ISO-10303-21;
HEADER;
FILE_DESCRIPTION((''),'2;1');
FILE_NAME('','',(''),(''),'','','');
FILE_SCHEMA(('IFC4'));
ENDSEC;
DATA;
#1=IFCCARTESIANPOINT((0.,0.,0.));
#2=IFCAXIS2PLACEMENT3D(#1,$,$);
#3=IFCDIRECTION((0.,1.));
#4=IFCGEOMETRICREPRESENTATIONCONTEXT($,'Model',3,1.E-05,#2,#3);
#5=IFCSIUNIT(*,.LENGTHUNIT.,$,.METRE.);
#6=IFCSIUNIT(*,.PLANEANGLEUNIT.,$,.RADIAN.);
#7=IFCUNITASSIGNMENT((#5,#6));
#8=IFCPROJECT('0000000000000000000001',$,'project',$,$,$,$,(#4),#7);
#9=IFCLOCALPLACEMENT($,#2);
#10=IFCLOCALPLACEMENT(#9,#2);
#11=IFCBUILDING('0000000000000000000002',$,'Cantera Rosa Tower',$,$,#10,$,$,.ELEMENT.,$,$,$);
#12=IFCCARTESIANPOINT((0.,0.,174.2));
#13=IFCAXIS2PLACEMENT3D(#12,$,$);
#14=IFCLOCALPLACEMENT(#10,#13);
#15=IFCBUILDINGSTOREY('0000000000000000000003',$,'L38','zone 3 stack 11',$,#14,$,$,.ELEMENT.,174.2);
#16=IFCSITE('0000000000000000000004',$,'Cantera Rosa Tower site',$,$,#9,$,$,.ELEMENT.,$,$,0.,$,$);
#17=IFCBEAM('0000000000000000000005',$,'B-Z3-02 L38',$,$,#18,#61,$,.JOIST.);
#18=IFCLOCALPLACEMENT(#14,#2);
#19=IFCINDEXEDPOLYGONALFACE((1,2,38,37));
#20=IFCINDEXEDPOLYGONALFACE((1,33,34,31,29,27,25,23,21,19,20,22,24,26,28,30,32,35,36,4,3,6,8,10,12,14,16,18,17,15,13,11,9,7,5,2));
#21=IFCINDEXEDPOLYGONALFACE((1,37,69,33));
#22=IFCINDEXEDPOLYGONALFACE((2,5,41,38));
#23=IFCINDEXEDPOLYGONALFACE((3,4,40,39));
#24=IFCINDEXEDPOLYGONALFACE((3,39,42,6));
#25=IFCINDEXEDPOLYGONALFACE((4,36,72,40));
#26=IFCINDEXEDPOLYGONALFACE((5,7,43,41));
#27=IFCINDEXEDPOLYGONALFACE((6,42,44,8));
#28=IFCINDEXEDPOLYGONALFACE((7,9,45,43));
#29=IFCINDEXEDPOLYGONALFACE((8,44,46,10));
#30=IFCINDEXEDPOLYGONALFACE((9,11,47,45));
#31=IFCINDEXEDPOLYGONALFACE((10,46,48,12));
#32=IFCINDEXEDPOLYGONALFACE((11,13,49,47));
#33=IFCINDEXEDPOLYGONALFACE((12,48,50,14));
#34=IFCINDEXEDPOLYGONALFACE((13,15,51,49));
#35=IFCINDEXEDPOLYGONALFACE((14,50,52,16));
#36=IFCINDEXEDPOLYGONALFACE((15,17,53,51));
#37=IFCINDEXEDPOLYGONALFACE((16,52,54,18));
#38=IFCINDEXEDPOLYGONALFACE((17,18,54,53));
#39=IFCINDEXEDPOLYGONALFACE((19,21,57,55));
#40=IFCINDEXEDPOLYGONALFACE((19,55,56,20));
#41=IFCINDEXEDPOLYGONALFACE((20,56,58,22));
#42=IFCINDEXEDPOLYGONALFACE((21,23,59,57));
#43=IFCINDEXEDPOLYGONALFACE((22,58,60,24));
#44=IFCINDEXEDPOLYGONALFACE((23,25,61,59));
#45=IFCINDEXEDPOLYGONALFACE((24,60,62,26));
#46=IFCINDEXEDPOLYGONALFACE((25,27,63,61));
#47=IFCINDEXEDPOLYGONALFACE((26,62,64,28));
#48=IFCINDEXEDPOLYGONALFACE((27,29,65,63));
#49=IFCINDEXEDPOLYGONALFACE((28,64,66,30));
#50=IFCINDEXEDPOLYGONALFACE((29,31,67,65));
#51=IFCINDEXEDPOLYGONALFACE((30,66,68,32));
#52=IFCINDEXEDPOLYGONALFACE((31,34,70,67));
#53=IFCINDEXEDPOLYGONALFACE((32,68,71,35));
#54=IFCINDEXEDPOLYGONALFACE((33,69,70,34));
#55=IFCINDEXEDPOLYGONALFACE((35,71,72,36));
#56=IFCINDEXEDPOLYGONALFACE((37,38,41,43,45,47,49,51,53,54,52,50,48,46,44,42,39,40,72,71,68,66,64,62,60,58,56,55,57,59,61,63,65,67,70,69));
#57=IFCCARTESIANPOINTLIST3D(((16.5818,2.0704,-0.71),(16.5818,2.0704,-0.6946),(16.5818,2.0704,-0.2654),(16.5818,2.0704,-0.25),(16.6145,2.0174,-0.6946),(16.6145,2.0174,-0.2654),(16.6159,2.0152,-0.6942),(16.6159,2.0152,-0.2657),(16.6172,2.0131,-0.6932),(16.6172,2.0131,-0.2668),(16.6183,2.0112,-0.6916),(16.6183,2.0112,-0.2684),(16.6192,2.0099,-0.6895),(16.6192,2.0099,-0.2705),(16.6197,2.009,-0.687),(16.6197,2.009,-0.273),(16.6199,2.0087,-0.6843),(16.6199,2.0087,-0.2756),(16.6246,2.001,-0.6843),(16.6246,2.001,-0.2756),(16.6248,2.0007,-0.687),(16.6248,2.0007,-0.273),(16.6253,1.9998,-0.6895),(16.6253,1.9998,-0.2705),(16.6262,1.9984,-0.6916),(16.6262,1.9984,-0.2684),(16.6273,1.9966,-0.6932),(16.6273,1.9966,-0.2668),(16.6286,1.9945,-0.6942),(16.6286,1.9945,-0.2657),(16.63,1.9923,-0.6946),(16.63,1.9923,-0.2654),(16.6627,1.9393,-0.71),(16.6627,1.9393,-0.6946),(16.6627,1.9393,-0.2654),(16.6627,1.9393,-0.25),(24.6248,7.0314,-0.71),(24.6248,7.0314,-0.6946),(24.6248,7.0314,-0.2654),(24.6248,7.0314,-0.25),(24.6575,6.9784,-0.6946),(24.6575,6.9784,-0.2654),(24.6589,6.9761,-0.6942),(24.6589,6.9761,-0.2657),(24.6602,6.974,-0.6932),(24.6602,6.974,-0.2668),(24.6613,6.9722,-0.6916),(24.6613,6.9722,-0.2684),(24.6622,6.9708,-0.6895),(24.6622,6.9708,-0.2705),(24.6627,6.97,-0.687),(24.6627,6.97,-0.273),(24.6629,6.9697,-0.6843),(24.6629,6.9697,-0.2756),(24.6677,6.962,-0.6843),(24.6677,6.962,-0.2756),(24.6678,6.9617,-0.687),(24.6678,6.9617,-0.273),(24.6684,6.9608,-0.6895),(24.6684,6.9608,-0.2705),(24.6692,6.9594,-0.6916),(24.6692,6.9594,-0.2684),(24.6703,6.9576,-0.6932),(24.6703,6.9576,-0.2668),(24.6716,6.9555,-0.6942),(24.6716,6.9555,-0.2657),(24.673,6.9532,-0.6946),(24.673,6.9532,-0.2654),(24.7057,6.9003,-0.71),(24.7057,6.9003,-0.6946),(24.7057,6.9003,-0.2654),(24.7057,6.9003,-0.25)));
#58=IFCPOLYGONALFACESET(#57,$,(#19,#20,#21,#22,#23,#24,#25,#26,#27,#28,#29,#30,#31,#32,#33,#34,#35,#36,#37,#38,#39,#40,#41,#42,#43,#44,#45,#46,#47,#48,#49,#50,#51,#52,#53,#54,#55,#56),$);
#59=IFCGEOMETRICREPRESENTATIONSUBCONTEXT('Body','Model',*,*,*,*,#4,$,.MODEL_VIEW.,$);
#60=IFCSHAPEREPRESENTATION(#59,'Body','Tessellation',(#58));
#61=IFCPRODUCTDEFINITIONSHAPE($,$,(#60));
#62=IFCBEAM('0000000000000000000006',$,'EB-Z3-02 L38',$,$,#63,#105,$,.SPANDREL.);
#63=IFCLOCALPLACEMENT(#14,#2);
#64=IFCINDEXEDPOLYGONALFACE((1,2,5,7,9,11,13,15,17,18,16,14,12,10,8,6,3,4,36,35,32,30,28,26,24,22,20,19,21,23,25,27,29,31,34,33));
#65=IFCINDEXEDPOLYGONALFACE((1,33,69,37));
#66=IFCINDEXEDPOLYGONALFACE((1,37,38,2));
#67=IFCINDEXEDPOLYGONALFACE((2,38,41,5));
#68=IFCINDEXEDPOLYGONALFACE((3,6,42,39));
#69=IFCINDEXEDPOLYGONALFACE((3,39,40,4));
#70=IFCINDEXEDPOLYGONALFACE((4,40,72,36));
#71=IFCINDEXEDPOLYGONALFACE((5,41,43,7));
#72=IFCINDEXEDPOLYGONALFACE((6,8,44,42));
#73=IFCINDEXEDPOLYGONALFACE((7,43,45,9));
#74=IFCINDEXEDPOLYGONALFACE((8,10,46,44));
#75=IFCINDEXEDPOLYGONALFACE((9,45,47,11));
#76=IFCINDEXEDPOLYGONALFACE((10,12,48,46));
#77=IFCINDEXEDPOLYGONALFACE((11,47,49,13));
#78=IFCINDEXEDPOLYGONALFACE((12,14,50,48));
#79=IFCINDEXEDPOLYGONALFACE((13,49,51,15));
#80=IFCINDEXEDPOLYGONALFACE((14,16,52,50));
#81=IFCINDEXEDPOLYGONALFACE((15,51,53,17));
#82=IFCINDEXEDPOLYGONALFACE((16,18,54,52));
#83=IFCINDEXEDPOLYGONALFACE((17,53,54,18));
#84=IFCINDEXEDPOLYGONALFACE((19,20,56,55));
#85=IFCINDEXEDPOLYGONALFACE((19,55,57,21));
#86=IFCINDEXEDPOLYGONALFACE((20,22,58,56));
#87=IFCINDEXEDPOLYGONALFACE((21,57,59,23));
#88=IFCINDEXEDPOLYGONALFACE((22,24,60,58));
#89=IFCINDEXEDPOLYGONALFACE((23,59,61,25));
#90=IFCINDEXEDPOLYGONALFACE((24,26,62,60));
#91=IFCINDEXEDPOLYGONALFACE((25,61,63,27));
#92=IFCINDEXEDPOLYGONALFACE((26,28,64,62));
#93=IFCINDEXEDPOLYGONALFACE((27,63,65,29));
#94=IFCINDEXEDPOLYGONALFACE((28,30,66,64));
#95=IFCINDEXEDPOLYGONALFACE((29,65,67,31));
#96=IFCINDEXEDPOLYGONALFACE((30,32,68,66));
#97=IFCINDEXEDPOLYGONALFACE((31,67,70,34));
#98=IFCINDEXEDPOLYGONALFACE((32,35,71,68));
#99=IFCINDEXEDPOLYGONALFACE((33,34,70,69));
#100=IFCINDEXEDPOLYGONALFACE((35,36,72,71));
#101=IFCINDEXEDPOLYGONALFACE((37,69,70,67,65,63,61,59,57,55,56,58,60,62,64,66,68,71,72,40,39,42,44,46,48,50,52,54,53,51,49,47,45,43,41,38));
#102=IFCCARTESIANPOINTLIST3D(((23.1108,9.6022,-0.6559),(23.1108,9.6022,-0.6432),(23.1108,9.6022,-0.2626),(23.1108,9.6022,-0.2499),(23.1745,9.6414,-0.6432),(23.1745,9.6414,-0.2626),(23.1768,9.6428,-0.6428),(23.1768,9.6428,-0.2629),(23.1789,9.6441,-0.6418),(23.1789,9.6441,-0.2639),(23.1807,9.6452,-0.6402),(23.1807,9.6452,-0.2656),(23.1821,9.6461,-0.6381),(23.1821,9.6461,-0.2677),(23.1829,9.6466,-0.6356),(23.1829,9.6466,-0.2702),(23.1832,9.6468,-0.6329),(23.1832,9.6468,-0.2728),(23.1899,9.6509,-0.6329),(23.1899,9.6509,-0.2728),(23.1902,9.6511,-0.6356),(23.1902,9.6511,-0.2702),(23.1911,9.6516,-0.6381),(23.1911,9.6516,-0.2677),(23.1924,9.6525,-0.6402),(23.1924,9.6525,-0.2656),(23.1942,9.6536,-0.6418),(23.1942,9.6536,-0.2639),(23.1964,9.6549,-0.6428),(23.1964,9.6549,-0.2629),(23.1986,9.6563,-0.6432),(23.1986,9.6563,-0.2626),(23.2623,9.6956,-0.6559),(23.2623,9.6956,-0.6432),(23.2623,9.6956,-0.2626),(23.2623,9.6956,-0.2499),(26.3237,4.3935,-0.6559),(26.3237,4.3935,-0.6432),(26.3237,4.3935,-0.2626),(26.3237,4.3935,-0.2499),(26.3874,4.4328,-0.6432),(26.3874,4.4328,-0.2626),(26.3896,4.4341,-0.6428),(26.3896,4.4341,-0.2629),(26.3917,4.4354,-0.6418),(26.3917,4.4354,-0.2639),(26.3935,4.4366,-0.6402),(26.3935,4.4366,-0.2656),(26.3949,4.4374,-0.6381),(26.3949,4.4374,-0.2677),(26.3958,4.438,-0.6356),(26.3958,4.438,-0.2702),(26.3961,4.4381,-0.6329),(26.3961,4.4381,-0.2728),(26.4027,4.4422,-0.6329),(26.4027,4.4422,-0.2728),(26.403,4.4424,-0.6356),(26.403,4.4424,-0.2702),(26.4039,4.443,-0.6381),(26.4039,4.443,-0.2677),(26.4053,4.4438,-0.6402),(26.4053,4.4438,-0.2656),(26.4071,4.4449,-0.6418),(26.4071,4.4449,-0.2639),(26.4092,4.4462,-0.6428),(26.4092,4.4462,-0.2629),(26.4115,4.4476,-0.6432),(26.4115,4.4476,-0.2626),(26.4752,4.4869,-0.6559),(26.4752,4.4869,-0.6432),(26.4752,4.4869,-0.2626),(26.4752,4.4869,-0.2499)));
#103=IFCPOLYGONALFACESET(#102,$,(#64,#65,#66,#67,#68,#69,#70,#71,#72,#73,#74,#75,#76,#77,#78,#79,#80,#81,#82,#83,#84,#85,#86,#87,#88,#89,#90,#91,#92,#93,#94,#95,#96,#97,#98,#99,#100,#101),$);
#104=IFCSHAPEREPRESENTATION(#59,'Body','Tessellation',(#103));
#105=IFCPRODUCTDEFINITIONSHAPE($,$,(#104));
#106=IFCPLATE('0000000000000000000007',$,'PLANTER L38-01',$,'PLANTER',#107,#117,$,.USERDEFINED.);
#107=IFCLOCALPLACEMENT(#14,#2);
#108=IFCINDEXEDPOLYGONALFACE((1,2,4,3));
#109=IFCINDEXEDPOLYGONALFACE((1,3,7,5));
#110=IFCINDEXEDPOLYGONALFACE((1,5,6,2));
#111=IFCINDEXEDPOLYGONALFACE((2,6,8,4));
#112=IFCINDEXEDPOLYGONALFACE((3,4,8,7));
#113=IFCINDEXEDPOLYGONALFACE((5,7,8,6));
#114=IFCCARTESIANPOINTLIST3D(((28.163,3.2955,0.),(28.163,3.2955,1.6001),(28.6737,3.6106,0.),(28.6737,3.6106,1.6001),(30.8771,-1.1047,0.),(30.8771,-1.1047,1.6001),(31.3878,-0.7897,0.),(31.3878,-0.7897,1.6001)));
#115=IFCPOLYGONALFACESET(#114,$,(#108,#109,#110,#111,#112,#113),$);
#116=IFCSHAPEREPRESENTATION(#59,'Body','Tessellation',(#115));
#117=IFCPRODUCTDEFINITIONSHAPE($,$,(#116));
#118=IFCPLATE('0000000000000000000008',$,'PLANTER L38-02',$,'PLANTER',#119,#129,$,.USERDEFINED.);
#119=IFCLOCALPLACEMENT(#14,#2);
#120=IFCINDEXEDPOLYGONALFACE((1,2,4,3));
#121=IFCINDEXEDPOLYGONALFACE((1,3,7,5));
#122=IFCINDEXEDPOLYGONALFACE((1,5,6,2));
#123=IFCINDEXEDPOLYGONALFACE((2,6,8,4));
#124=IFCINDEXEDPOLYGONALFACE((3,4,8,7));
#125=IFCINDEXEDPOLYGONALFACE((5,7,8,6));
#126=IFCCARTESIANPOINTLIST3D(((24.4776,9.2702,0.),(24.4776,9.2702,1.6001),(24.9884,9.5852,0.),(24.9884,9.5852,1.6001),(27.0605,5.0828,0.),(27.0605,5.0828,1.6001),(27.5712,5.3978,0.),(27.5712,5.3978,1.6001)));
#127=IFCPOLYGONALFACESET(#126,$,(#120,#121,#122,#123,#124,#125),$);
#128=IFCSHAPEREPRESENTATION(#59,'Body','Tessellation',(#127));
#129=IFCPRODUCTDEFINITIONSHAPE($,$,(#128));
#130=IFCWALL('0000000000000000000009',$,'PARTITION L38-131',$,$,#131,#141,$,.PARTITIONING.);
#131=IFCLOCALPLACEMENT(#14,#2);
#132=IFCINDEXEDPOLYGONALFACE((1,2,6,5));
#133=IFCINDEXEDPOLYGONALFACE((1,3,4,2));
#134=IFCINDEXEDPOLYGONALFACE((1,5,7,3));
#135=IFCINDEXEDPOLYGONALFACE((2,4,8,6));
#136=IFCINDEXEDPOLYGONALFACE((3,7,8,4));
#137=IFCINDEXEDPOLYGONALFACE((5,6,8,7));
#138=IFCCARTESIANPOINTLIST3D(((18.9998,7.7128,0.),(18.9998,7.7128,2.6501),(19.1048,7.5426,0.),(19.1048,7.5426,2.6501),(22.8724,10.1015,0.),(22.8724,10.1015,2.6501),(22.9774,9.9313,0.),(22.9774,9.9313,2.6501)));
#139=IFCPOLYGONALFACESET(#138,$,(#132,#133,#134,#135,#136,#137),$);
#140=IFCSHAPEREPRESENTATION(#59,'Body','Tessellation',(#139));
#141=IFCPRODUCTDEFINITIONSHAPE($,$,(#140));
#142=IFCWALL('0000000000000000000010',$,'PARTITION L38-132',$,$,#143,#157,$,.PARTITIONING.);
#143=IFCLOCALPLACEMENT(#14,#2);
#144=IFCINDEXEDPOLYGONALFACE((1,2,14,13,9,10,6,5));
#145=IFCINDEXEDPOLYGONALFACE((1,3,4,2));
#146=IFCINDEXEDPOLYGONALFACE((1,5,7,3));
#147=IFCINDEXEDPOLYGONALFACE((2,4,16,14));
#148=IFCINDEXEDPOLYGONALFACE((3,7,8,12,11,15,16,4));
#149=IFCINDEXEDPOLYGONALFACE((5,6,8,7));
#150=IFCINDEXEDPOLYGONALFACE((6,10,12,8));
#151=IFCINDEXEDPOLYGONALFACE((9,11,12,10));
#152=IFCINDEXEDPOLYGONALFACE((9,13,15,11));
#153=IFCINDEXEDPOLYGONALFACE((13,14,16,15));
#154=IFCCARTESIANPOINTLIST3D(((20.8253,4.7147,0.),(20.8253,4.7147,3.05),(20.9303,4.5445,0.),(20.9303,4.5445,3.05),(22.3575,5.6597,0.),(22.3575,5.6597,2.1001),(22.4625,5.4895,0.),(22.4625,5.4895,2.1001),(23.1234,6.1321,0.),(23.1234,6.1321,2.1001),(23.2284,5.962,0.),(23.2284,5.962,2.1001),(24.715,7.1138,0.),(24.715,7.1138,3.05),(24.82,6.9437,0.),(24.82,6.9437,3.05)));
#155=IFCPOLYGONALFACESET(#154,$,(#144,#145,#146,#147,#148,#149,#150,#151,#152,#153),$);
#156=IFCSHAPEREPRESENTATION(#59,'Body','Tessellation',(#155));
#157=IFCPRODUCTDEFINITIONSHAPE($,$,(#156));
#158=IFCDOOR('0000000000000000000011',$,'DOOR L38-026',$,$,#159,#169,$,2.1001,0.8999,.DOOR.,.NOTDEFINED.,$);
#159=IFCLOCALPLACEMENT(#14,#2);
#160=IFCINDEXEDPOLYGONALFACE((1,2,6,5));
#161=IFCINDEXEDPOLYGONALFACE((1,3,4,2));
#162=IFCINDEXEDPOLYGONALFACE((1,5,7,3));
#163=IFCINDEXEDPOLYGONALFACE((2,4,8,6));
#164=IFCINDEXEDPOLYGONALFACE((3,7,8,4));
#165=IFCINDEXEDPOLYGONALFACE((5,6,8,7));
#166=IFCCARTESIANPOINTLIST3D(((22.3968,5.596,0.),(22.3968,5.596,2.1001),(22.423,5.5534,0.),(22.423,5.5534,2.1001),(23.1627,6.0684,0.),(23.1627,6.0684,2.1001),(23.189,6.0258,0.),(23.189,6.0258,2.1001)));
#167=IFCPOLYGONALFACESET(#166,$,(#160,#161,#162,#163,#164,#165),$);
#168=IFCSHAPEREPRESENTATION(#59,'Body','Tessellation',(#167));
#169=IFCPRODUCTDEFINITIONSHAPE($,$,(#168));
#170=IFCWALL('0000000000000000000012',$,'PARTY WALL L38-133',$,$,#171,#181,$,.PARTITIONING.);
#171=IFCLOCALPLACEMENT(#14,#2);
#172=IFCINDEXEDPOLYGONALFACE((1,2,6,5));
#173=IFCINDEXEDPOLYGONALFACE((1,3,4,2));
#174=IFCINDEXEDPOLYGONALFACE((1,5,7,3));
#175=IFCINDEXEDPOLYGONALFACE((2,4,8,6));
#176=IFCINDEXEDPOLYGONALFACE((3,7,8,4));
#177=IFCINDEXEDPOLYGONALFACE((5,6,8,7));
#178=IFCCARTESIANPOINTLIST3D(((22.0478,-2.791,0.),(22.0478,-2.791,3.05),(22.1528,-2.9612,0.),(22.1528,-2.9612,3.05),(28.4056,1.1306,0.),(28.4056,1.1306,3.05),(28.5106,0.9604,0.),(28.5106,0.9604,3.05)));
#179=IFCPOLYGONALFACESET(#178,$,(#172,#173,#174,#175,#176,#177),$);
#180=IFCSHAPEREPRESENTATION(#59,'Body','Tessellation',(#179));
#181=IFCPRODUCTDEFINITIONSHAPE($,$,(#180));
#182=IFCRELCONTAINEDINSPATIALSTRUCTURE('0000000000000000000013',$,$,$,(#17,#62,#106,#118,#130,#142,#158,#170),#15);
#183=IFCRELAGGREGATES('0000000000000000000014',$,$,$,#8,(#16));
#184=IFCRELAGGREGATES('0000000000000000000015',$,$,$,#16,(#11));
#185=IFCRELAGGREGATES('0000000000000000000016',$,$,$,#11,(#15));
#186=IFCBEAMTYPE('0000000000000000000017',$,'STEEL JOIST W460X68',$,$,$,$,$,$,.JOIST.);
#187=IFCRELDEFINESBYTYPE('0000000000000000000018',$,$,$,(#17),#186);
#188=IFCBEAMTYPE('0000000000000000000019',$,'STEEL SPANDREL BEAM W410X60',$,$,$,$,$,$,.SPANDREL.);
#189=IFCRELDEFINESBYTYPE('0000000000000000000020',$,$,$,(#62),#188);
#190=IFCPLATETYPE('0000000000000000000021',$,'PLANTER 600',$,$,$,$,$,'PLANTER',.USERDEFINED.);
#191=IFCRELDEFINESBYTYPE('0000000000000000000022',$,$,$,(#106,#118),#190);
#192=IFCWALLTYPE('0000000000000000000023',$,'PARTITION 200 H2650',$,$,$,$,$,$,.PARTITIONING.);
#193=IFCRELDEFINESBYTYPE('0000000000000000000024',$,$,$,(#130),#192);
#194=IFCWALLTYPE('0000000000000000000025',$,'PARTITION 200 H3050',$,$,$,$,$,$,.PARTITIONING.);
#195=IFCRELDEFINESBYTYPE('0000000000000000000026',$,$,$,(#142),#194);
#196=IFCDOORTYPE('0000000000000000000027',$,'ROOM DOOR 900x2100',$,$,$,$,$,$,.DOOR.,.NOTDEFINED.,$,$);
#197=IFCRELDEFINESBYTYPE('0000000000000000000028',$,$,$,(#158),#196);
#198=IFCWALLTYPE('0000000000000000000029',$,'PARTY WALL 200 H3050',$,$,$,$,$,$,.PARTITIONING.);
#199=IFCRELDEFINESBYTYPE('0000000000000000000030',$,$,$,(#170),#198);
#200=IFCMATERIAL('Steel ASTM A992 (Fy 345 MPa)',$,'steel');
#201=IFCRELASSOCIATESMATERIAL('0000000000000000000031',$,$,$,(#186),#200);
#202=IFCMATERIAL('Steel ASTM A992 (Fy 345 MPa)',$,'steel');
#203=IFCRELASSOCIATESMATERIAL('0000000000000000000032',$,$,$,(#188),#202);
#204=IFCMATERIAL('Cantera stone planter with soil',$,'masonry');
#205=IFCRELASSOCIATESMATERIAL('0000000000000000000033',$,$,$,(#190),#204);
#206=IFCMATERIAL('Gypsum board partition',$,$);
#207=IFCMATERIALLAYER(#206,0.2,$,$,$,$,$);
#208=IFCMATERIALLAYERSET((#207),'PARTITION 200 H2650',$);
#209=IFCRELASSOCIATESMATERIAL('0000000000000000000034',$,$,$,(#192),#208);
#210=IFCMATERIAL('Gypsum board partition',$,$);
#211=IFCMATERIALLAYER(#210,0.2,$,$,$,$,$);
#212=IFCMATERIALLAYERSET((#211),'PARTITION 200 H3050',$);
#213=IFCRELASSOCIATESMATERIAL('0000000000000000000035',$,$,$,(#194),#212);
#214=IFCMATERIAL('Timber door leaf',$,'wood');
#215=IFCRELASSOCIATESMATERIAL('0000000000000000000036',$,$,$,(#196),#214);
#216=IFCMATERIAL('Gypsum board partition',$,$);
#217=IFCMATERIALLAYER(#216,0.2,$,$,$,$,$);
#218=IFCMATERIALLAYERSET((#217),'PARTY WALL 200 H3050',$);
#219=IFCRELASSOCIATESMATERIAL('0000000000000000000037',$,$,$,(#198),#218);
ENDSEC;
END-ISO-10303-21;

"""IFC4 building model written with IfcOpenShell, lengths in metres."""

from ifc_helpers import new_model, si_unit, direction, frame, frame_2d, origin, origin_2d, place, context, subcontext, project, spatial, rectangle, i_section, extrude, material, layer, layer_set, material_profile, profile_set, type_object, element, fill, save


model = new_model("IFC4")

# Units and contexts
model_context = context("Model", 3, precision=1e-05, world=origin(), true_north=direction((0.0, 1.0)))
body_context = subcontext(model_context, "Body", "Model", "MODEL_VIEW")
ifc_project = project(units=[si_unit("LENGTHUNIT", "METRE"), si_unit("PLANEANGLEUNIT", "RADIAN")], contexts=[model_context])

# Site, building, storey
site_placement = place(None, origin())
site = spatial("IfcSite", under=ifc_project, at=site_placement, Name="Cantera Rosa Tower site", CompositionType="ELEMENT", RefElevation=0.0)
building_placement = place(site_placement, origin())
building = spatial("IfcBuilding", under=site, at=building_placement, Name="Cantera Rosa Tower", CompositionType="ELEMENT")
storey_placement = place(building_placement, frame((0.0, 0.0, 174.2)))
storey = spatial("IfcBuildingStorey", under=building, at=storey_placement, Name="L38", Description="zone 3 stack 11", CompositionType="ELEMENT", Elevation=174.2)

# Beams
ifc_material_1 = material(Name="Steel ASTM A992 (Fy 345 MPa)", Category="steel")
ifc_material_profile_1 = material_profile(ifc_material_1, i_section(OverallWidth=0.1541, OverallDepth=0.46, WebThickness=0.009, FlangeThickness=0.0154, FilletRadius=0.0103, at=origin_2d()), Name="W460X68")
ifc_profile_set_1 = profile_set([ifc_material_profile_1], Name="Steel ASTM A992 (Fy 345 MPa)")
beam_type_1 = type_object("IfcBeamType", Name="STEEL JOIST W460X68", PredefinedType="JOIST", material=ifc_profile_set_1)
beam_1_placement = place(storey_placement, frame((24.6653, 6.9658, -0.48), z_axis=(-0.851119, -0.524974, 0.0), x_axis=(0.524974, -0.851119, 0.0)))
element("IfcBeam", 1, at=beam_1_placement, inside=storey, type_object=beam_type_1, Name="B-Z3-02 L38", PredefinedType="JOIST", context=body_context, shape_type="SweptSolid", body=[
    extrude(i_section(OverallWidth=0.1541, OverallDepth=0.46, WebThickness=0.009, FlangeThickness=0.0154, FilletRadius=0.0103, at=origin_2d()), origin(), (0.0, 0.0, 1.0), 9.45),
])
ifc_material_2 = material(Name="Steel ASTM A992 (Fy 345 MPa)", Category="steel")
ifc_material_profile_2 = material_profile(ifc_material_2, i_section(OverallWidth=0.178, OverallDepth=0.406, WebThickness=0.0078, FlangeThickness=0.0127, FilletRadius=0.0103, at=origin_2d()), Name="W410X60")
ifc_profile_set_2 = profile_set([ifc_material_profile_2], Name="Steel ASTM A992 (Fy 345 MPa)")
beam_type_2 = type_object("IfcBeamType", Name="STEEL SPANDREL BEAM W410X60", PredefinedType="SPANDREL", material=ifc_profile_set_2)
beam_2_placement = place(storey_placement, frame((26.3994, 4.4402, -0.4529), z_axis=(-0.524987, 0.85111, 0.0), x_axis=(-0.85111, -0.524987, 0.0)))
element("IfcBeam", 2, at=beam_2_placement, inside=storey, type_object=beam_type_2, Name="EB-Z3-02 L38", PredefinedType="SPANDREL", context=body_context, shape_type="SweptSolid", body=[
    extrude(i_section(OverallWidth=0.178, OverallDepth=0.406, WebThickness=0.0078, FlangeThickness=0.0127, FilletRadius=0.0103, at=origin_2d()), origin(), (0.0, 0.0, 1.0), 6.1199),
])

# Plates
ifc_material_3 = material(Name="Cantera stone planter with soil", Category="masonry")
plate_type = type_object("IfcPlateType", Name="PLANTER 600", ElementType="PLANTER", PredefinedType="USERDEFINED", material=ifc_material_3)
plate_1_placement = place(storey_placement, frame((29.7754, 1.2529, 0.0), z_axis=(0.0, 0.0, 1.0), x_axis=(-0.524977, 0.851117, 0.0)))
element("IfcPlate", 3, at=plate_1_placement, inside=storey, type_object=plate_type, Name="PLANTER L38-01", ObjectType="PLANTER", PredefinedType="USERDEFINED", context=body_context, shape_type="SweptSolid", body=[
    extrude(rectangle(XDim=5.1699, YDim=0.6001, at=origin_2d()), origin(), (0.0, 0.0, 1.0), 1.6001),
])
plate_2_placement = place(storey_placement, frame((26.0244, 7.334, 0.0), z_axis=(0.0, 0.0, 1.0), x_axis=(-0.524977, 0.851117, 0.0)))
element("IfcPlate", 4, at=plate_2_placement, inside=storey, type_object=plate_type, Name="PLANTER L38-02", ObjectType="PLANTER", PredefinedType="USERDEFINED", context=body_context, shape_type="SweptSolid", body=[
    extrude(rectangle(XDim=4.9199, YDim=0.6001, at=origin_2d()), origin(), (0.0, 0.0, 1.0), 1.6001),
])

# Wall
ifc_material_4 = material(Name="Gypsum board partition")
ifc_layer_1 = layer(ifc_material_4, 0.2)
ifc_layer_set_1 = layer_set([ifc_layer_1], Name="PARTITION 200 H2650")
wall_type_1 = type_object("IfcWallType", Name="PARTITION 200 H2650", PredefinedType="PARTITIONING", material=ifc_layer_set_1)
wall_1_placement = place(storey_placement, frame((22.9248, 10.0164, 0.0), z_axis=(0.0, 0.0, 1.0), x_axis=(-0.851113, -0.524983, 0.0)))
element("IfcWall", 5, at=wall_1_placement, inside=storey, type_object=wall_type_1, Name="PARTITION L38-131", PredefinedType="PARTITIONING", context=body_context, shape_type="SweptSolid", body=[
    extrude(rectangle(XDim=4.55, YDim=0.2, at=frame_2d((2.2749, 0.0))), origin(), (0.0, 0.0, 1.0), 2.6501),
])

# Wall, opening, door
ifc_material_5 = material(Name="Gypsum board partition")
ifc_layer_2 = layer(ifc_material_5, 0.2)
ifc_layer_set_2 = layer_set([ifc_layer_2], Name="PARTITION 200 H3050")
wall_type_2 = type_object("IfcWallType", Name="PARTITION 200 H3050", PredefinedType="PARTITIONING", material=ifc_layer_set_2)
wall_2_placement = place(storey_placement, frame((24.7676, 7.0288, 0.0), z_axis=(0.0, 0.0, 1.0), x_axis=(-0.851117, -0.524976, 0.0)))
wall_2 = element("IfcWall", 6, at=wall_2_placement, inside=storey, type_object=wall_type_2, Name="PARTITION L38-132", PredefinedType="PARTITIONING", context=body_context, shape_type="SweptSolid", body=[
    extrude(rectangle(XDim=4.5701, YDim=0.2, at=frame_2d((2.2852, 0.0))), origin(), (0.0, 0.0, 1.0), 3.05),
])
opening_1_placement = place(wall_2_placement, frame((1.8701, 0.0, 0.0)))
opening_1 = element("IfcOpeningElement", 7, at=opening_1_placement, cuts=wall_2, PredefinedType="OPENING", context=body_context, shape_type="SweptSolid", body=[
    extrude(rectangle(XDim=0.8999, YDim=2.1001, at=frame_2d((0.45, 1.05))), frame((0.0, 0.1099, 0.0), z_axis=(0.0, -1.0, 0.0), x_axis=(1.0, 0.0, 0.0)), (0.0, 0.0, 1.0), 0.22),
])
ifc_material_6 = material(Name="Timber door leaf", Category="wood")
door_type_1 = type_object("IfcDoorType", Name="ROOM DOOR 900x2100", OperationType="NOTDEFINED", PredefinedType="DOOR", material=ifc_material_6)
door_1_placement = place(opening_1_placement, origin())
door_1 = element("IfcDoor", 8, at=door_1_placement, inside=storey, type_object=door_type_1, Name="DOOR L38-026", OperationType="NOTDEFINED", OverallHeight=2.1001, OverallWidth=0.8999, PredefinedType="DOOR", context=body_context, shape_type="SweptSolid", body=[
    extrude(rectangle(XDim=0.8999, YDim=2.1001, at=frame_2d((0.45, 1.05))), frame((0.0, 0.0249, 0.0), z_axis=(0.0, -1.0, 0.0), x_axis=(1.0, 0.0, 0.0)), (0.0, 0.0, 1.0), 0.05),
])
fill(opening_1, door_1)

# Wall
ifc_material_7 = material(Name="Gypsum board partition")
ifc_layer_3 = layer(ifc_material_7, 0.2)
ifc_layer_set_3 = layer_set([ifc_layer_3], Name="PARTY WALL 200 H3050")
wall_type_3 = type_object("IfcWallType", Name="PARTY WALL 200 H3050", PredefinedType="PARTITIONING", material=ifc_layer_set_3)
wall_3_placement = place(storey_placement, frame((28.458, 1.0454, 0.0), z_axis=(0.0, 0.0, 1.0), x_axis=(-0.851116, -0.524978, 0.0)))
element("IfcWall", 9, at=wall_3_placement, inside=storey, type_object=wall_type_3, Name="PARTY WALL L38-133", PredefinedType="PARTITIONING", context=body_context, shape_type="SweptSolid", body=[
    extrude(rectangle(XDim=7.47, YDim=0.2, at=frame_2d((3.7349, 0.0))), origin(), (0.0, 0.0, 1.0), 3.05),
])

save(model, "model.ifc")
